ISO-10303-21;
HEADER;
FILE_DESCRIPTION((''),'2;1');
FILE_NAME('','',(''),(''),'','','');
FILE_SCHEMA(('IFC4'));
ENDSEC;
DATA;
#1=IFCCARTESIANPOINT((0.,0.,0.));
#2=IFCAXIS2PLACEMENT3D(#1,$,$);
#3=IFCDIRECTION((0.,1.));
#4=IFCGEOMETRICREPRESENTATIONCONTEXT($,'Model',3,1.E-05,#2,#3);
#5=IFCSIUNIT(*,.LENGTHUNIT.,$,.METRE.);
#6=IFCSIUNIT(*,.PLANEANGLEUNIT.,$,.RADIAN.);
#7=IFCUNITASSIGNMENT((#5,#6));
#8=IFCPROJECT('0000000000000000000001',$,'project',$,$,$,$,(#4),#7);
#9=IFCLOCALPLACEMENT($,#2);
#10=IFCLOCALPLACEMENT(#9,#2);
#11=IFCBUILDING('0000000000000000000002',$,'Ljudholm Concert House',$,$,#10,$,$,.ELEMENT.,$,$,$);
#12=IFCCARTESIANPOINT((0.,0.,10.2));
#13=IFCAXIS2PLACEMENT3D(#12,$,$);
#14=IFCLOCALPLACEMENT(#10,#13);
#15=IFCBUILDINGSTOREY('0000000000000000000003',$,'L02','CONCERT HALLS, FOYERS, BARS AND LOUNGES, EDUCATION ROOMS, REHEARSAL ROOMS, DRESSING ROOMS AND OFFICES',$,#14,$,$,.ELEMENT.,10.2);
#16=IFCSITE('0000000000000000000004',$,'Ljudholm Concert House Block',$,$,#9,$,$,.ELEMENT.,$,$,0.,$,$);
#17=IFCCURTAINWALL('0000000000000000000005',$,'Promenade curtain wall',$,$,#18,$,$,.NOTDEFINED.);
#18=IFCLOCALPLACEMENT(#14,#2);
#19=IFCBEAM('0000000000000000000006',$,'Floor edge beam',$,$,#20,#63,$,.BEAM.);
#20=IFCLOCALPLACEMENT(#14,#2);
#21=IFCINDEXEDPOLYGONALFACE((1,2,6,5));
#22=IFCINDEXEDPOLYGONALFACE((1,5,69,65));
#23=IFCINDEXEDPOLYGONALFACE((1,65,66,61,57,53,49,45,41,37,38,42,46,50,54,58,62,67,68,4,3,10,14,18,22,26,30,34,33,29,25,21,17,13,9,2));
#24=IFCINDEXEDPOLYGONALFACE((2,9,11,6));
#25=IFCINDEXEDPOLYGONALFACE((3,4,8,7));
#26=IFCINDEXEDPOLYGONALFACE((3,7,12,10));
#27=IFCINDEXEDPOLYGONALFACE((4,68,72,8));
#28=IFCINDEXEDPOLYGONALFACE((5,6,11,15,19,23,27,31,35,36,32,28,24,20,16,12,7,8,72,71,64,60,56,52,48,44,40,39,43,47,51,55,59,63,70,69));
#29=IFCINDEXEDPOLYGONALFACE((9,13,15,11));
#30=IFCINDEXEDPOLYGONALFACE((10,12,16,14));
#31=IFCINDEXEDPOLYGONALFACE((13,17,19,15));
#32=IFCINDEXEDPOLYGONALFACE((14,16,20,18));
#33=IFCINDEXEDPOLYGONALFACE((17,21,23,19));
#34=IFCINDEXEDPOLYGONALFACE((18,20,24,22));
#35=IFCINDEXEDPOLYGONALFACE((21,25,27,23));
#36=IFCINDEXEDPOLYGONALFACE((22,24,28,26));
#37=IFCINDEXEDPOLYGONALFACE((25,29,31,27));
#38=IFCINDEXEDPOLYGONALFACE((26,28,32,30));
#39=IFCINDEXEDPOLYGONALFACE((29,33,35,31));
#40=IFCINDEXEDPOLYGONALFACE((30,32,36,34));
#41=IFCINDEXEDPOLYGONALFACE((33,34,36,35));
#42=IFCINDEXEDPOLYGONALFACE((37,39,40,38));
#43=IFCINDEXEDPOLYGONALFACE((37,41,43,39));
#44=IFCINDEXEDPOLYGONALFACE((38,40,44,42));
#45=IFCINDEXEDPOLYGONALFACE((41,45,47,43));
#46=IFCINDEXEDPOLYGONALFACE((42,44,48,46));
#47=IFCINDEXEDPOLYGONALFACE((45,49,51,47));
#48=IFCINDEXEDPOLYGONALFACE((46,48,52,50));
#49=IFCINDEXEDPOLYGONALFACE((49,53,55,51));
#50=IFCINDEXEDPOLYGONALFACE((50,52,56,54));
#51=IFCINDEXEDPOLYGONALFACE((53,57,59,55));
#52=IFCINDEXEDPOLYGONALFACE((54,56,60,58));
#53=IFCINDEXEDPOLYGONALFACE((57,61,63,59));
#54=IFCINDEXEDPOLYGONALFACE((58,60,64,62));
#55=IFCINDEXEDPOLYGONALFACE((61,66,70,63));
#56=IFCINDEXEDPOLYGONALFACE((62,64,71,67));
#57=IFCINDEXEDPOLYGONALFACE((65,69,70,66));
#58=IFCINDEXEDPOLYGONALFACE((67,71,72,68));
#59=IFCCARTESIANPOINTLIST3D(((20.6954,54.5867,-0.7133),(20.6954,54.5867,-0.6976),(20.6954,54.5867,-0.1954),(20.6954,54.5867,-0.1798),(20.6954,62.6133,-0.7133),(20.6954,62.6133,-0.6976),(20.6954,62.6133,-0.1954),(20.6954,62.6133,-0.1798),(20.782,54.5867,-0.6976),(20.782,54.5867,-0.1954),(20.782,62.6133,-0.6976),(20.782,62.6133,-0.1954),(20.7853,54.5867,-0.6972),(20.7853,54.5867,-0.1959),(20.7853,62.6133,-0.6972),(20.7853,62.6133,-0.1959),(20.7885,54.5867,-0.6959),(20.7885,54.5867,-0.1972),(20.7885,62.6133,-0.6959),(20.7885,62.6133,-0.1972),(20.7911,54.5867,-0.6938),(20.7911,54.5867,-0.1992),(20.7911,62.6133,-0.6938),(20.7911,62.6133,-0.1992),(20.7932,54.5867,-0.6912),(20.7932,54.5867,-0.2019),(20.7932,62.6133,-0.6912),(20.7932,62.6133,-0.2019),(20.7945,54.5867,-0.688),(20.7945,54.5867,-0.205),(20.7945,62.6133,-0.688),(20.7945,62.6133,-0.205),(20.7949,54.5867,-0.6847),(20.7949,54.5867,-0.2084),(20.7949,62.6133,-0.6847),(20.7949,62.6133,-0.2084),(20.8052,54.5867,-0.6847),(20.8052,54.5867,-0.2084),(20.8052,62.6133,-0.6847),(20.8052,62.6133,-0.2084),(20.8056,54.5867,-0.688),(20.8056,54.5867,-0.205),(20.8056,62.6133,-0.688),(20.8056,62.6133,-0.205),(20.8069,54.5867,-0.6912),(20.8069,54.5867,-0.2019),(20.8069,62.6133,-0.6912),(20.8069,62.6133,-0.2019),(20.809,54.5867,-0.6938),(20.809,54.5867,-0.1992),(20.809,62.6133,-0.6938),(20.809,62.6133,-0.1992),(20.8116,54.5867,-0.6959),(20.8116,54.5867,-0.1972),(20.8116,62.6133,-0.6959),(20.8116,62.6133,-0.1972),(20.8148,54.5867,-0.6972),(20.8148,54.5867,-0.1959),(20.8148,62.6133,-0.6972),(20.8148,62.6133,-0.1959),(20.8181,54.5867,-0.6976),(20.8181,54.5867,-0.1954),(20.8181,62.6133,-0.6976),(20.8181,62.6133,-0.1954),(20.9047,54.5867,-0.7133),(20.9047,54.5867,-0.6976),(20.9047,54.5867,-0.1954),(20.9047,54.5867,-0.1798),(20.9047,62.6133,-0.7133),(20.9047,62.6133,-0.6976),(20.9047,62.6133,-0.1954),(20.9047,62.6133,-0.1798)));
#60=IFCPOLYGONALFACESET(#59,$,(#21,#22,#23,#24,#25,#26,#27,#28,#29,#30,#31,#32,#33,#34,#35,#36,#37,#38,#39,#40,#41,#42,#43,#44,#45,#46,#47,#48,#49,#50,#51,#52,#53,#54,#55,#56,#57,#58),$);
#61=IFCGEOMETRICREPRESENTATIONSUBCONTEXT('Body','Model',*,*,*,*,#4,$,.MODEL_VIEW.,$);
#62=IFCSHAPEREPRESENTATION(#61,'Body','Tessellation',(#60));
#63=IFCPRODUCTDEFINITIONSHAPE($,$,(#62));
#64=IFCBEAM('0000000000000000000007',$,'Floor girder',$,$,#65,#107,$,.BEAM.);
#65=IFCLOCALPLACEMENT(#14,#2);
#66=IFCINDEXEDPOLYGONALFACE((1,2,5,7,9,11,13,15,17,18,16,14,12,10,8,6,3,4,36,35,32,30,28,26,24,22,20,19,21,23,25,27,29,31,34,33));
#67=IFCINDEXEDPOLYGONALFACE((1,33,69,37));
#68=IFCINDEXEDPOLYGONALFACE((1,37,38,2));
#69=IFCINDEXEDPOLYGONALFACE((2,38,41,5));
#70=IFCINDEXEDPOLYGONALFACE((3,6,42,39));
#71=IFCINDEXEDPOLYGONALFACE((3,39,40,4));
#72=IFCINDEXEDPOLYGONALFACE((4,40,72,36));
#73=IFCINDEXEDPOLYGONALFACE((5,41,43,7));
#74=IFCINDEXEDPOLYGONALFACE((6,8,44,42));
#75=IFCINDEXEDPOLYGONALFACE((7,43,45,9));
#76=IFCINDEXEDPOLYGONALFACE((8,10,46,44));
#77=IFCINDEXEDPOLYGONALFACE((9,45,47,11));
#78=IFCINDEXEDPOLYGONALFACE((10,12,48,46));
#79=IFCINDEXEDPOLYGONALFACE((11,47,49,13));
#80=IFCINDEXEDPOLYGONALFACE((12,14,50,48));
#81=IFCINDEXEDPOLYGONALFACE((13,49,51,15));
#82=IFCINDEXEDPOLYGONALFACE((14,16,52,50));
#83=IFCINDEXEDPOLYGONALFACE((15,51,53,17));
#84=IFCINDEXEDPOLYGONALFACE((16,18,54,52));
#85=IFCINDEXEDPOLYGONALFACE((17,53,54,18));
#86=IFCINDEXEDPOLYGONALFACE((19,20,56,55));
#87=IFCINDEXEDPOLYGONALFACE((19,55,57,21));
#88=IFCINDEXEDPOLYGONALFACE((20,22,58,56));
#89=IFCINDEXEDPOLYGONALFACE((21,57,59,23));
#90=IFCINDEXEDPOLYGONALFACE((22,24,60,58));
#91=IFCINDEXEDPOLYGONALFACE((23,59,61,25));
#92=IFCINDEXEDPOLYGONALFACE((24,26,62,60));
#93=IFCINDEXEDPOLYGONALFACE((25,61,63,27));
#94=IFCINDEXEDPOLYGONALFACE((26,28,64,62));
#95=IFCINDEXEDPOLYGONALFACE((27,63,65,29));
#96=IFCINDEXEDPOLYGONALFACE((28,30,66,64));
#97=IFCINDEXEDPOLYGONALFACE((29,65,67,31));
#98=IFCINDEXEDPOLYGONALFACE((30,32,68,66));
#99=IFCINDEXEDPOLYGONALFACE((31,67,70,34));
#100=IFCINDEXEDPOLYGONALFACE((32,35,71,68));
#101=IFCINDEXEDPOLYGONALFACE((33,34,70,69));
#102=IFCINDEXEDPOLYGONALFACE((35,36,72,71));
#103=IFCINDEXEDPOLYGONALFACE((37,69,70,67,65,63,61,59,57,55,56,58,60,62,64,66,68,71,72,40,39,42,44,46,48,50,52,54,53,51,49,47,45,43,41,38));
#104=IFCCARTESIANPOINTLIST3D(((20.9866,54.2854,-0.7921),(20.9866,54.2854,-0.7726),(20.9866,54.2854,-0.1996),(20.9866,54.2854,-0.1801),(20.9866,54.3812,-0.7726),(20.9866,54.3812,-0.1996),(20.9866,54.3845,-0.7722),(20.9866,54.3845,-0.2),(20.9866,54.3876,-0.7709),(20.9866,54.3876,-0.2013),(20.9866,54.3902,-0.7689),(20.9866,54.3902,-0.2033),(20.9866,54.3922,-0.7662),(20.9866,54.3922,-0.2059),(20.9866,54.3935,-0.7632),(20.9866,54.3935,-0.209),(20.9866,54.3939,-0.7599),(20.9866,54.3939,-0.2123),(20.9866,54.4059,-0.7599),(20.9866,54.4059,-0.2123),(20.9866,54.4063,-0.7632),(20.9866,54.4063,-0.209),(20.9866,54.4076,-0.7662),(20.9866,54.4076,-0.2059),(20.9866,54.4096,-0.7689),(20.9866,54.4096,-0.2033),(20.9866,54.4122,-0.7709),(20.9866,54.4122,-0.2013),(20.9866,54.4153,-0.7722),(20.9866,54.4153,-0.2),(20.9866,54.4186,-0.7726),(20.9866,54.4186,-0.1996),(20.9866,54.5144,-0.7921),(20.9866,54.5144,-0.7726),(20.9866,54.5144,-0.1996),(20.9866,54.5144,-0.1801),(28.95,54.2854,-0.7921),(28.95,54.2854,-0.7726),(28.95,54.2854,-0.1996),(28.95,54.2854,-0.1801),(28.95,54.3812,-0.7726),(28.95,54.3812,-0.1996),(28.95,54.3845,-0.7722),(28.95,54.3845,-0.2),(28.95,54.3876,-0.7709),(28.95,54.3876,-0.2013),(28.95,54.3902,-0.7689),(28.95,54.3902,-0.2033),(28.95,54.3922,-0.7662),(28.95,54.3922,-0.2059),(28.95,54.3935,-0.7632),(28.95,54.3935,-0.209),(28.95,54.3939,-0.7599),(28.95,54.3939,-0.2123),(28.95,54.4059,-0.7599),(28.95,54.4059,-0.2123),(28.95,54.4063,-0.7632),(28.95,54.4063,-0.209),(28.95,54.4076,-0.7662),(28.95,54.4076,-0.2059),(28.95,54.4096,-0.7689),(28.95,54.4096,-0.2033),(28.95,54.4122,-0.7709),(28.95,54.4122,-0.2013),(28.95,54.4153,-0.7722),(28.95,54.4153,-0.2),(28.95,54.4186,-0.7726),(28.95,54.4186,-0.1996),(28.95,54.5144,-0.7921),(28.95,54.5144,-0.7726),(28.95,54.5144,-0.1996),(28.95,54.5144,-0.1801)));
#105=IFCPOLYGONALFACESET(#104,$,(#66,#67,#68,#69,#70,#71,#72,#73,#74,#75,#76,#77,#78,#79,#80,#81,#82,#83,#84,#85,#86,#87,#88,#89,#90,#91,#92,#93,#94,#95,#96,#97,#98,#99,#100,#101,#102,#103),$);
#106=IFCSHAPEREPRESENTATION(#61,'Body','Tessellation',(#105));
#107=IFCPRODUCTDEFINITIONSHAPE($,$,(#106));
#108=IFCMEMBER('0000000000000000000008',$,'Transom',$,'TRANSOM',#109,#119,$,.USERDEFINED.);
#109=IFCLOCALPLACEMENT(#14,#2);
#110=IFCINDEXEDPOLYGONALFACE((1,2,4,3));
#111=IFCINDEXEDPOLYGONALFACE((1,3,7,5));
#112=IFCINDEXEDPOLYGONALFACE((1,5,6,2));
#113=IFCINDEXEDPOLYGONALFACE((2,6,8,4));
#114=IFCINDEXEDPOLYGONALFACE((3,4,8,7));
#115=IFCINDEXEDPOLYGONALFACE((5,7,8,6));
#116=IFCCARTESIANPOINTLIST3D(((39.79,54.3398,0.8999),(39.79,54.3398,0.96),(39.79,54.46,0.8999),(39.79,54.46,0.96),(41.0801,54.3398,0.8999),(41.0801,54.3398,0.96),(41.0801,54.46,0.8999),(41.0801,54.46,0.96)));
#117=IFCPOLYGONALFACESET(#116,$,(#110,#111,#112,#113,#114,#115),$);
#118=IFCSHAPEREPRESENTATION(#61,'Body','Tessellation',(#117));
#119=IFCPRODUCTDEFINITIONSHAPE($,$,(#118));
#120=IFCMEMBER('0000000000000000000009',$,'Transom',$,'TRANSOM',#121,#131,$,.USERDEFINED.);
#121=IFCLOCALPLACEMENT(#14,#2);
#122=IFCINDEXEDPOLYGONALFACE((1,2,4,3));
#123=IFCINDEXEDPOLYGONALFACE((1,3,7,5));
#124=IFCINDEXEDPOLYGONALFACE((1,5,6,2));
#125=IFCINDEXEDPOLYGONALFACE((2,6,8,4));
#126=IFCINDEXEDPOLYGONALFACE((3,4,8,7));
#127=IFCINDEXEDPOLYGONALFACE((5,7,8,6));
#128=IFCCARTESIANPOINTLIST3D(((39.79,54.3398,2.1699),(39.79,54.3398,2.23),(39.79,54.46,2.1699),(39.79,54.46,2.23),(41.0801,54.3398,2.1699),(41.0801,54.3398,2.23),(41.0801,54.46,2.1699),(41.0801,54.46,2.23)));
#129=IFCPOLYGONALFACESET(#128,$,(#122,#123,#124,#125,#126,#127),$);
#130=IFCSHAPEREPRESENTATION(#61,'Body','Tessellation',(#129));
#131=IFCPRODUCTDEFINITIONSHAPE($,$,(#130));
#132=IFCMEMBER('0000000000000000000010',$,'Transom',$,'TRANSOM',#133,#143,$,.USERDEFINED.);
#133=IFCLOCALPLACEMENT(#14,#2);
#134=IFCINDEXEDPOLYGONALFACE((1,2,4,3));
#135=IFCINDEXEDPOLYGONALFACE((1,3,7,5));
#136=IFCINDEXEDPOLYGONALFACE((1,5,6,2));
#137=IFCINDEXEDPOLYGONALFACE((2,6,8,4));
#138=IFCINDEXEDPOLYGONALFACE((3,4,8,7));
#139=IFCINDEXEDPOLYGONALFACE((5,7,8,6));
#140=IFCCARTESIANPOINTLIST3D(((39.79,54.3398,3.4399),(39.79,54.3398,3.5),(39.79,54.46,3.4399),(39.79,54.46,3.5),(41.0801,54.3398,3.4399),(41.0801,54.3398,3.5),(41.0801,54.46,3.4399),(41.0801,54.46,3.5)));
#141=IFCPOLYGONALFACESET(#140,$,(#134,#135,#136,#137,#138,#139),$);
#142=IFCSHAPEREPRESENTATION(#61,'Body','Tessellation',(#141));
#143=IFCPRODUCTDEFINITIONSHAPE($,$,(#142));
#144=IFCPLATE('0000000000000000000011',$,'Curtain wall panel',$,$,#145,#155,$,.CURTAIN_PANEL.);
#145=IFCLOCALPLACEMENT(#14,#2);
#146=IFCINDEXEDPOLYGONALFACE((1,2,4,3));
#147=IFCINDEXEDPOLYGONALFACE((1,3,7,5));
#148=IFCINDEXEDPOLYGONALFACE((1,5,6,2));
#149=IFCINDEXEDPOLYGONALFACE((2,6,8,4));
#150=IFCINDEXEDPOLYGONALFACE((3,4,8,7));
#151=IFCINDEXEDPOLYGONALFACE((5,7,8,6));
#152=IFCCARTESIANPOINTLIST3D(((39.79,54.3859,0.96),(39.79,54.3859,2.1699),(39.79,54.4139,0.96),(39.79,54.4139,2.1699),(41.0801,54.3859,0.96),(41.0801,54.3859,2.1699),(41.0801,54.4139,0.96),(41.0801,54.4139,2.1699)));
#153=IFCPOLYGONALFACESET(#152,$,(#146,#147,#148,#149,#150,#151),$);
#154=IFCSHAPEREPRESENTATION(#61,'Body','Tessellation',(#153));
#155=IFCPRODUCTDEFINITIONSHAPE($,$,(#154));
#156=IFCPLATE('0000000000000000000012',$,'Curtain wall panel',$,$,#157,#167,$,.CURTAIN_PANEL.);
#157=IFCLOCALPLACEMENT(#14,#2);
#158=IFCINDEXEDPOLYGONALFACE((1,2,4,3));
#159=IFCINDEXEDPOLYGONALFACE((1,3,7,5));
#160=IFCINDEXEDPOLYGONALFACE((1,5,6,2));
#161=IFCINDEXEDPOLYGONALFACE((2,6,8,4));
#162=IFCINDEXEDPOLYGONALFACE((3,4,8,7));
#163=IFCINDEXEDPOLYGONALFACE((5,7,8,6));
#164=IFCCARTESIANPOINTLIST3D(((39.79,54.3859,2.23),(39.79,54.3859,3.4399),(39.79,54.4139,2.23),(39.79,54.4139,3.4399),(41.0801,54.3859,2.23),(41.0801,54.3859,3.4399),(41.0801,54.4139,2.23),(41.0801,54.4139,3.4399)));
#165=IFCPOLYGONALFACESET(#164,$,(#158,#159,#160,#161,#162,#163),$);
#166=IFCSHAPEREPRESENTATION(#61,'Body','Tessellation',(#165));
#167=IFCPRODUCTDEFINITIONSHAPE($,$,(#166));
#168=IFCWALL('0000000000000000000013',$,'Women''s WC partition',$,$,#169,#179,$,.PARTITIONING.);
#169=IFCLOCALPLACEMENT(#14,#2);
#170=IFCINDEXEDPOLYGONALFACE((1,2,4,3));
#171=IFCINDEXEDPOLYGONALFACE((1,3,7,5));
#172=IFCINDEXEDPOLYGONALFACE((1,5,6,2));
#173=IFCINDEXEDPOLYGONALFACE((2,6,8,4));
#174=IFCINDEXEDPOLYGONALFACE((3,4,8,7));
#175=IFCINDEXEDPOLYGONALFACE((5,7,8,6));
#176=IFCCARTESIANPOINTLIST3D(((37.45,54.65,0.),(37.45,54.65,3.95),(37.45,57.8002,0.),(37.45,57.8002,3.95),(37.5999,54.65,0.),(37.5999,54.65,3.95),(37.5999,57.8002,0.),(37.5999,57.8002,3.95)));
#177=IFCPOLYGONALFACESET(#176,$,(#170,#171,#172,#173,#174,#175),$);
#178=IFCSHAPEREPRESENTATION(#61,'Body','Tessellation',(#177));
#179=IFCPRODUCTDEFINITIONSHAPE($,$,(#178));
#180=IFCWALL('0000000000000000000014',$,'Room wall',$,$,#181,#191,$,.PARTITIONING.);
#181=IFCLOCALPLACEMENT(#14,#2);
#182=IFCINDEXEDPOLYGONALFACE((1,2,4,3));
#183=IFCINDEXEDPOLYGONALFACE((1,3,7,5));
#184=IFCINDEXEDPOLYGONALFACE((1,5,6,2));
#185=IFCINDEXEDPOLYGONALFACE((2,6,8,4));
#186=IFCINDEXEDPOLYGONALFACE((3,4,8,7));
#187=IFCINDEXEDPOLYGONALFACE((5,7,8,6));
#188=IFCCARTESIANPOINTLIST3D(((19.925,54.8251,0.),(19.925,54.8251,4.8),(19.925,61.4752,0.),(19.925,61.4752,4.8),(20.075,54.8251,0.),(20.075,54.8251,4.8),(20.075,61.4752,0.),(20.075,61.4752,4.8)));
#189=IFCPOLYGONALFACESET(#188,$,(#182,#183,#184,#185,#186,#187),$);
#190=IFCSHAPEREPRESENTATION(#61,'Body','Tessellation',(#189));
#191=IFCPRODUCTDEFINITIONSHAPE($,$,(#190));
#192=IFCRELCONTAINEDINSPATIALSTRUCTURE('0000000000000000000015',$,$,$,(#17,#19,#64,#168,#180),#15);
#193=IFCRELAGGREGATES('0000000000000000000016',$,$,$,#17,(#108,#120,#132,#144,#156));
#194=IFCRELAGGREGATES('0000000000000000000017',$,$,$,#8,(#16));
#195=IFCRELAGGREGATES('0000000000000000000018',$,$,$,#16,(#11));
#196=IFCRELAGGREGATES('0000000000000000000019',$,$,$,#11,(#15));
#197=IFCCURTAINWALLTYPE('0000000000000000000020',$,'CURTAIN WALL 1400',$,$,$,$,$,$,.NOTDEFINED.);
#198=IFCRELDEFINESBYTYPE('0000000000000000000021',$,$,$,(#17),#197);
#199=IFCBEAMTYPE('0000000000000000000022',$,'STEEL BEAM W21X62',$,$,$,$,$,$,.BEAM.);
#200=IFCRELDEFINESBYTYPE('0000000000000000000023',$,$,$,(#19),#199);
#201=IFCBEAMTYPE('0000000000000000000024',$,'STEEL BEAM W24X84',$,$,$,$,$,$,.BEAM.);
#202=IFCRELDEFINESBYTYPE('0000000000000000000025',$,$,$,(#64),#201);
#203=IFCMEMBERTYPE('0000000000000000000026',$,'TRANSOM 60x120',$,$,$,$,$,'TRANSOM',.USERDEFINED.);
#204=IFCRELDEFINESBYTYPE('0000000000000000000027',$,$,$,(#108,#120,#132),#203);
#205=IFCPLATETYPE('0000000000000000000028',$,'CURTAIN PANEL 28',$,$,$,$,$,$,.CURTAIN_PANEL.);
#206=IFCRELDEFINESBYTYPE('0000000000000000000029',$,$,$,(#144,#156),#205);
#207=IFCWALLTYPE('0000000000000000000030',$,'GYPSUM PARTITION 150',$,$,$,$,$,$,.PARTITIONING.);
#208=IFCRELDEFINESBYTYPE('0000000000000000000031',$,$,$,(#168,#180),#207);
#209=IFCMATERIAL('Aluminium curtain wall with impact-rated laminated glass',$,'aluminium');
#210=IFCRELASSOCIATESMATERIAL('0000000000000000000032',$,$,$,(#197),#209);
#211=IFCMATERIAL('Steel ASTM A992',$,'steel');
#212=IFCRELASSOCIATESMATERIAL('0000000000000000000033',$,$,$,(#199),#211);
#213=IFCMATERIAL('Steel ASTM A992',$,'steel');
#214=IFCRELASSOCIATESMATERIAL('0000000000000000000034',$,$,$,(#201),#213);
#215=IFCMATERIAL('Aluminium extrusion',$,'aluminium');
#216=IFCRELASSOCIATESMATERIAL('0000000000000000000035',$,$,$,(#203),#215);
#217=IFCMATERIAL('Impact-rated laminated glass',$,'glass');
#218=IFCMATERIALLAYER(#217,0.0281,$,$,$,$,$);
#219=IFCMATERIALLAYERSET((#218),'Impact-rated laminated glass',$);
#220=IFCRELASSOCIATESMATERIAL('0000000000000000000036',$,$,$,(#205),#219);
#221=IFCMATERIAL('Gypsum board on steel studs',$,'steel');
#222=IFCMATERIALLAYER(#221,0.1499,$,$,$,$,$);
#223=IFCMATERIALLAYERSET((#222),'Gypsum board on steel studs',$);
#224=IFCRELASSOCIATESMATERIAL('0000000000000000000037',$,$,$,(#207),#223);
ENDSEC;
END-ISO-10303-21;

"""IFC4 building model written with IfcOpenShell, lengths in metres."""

from ifc_helpers import new_model, si_unit, direction, frame, frame_2d, origin, origin_2d, place, context, subcontext, project, spatial, rectangle, i_section, extrude, material, layer, layer_set, material_profile, profile_set, type_object, element, aggregate, save


model = new_model("IFC4")

# Units and contexts
model_context = context("Model", 3, precision=1e-05, world=origin(), true_north=direction((0.0, 1.0)))
body_context = subcontext(model_context, "Body", "Model", "MODEL_VIEW")
ifc_project = project(units=[si_unit("LENGTHUNIT", "METRE"), si_unit("PLANEANGLEUNIT", "RADIAN")], contexts=[model_context])

# Site, building, storey
site_placement = place(None, origin())
site = spatial("IfcSite", under=ifc_project, at=site_placement, Name="Ljudholm Concert House Block", CompositionType="ELEMENT", RefElevation=0.0)
building_placement = place(site_placement, origin())
building = spatial("IfcBuilding", under=site, at=building_placement, Name="Ljudholm Concert House", CompositionType="ELEMENT")
storey_placement = place(building_placement, frame((0.0, 0.0, 10.2)))
storey = spatial("IfcBuildingStorey", under=building, at=storey_placement, Name="L02", Description="CONCERT HALLS, FOYERS, BARS AND LOUNGES, EDUCATION ROOMS, REHEARSAL ROOMS, DRESSING ROOMS AND OFFICES", CompositionType="ELEMENT", Elevation=10.2)

# Curtain wall
ifc_material_1 = material(Name="Aluminium curtain wall with impact-rated laminated glass", Category="aluminium")
curtain_wall_type = type_object("IfcCurtainWallType", Name="CURTAIN WALL 1400", PredefinedType="NOTDEFINED", material=ifc_material_1)
curtain_wall_placement = place(storey_placement, origin())
curtain_wall = element("IfcCurtainWall", 1, at=curtain_wall_placement, inside=storey, type_object=curtain_wall_type, Name="Promenade curtain wall", PredefinedType="NOTDEFINED")

# Beams
ifc_material_2 = material(Name="Steel ASTM A992", Category="steel")
ifc_material_profile_1 = material_profile(ifc_material_2, i_section(OverallWidth=0.2092, OverallDepth=0.5334, WebThickness=0.0103, FlangeThickness=0.0156, FilletRadius=0.0129, at=origin_2d()), Name="W21X62")
ifc_profile_set_1 = profile_set([ifc_material_profile_1], Name="Steel ASTM A992")
beam_type_1 = type_object("IfcBeamType", Name="STEEL BEAM W21X62", PredefinedType="BEAM", material=ifc_profile_set_1)
beam_1_placement = place(storey_placement, frame((20.8, 54.5867, -0.4465), z_axis=(0.0, 1.0, 0.0), x_axis=(-1.0, 0.0, 0.0)))
element("IfcBeam", 2, at=beam_1_placement, inside=storey, type_object=beam_type_1, Name="Floor edge beam", PredefinedType="BEAM", context=body_context, shape_type="SweptSolid", body=[
    extrude(i_section(OverallWidth=0.2092, OverallDepth=0.5334, WebThickness=0.0103, FlangeThickness=0.0156, FilletRadius=0.0129, at=origin_2d()), origin(), (0.0, 0.0, 1.0), 8.0266),
])
ifc_material_3 = material(Name="Steel ASTM A992", Category="steel")
ifc_material_profile_2 = material_profile(ifc_material_3, i_section(OverallWidth=0.229, OverallDepth=0.6121, WebThickness=0.012, FlangeThickness=0.0195, FilletRadius=0.0127, at=origin_2d()), Name="W24X84")
ifc_profile_set_2 = profile_set([ifc_material_profile_2], Name="Steel ASTM A992")
beam_type_2 = type_object("IfcBeamType", Name="STEEL BEAM W24X84", PredefinedType="BEAM", material=ifc_profile_set_2)
beam_2_placement = place(storey_placement, frame((20.9866, 54.3999, -0.4861), z_axis=(1.0, 0.0, 0.0), x_axis=(0.0, 1.0, 0.0)))
element("IfcBeam", 3, at=beam_2_placement, inside=storey, type_object=beam_type_2, Name="Floor girder", PredefinedType="BEAM", context=body_context, shape_type="SweptSolid", body=[
    extrude(i_section(OverallWidth=0.229, OverallDepth=0.6121, WebThickness=0.012, FlangeThickness=0.0195, FilletRadius=0.0127, at=origin_2d()), origin(), (0.0, 0.0, 1.0), 7.9634),
])

# Members
ifc_material_4 = material(Name="Aluminium extrusion", Category="aluminium")
ifc_material_profile_3 = material_profile(ifc_material_4, rectangle(XDim=0.1201, YDim=0.0601, at=origin_2d()), Name="TRANSOM 60x120")
ifc_profile_set_3 = profile_set([ifc_material_profile_3], Name="Aluminium extrusion")
member_type_1 = type_object("IfcMemberType", Name="TRANSOM 60x120", ElementType="TRANSOM", PredefinedType="USERDEFINED", material=ifc_profile_set_3)
member_1_placement = place(storey_placement, frame((39.79, 54.3999, 0.9299), z_axis=(1.0, 0.0, 0.0), x_axis=(0.0, 1.0, 0.0)))
member_1 = element("IfcMember", 4, at=member_1_placement, type_object=member_type_1, Name="Transom", ObjectType="TRANSOM", PredefinedType="USERDEFINED", context=body_context, shape_type="SweptSolid", body=[
    extrude(rectangle(XDim=0.1201, YDim=0.0601, at=origin_2d()), origin(), (0.0, 0.0, 1.0), 1.29),
])
member_2_placement = place(storey_placement, frame((39.79, 54.3999, 2.2), z_axis=(1.0, 0.0, 0.0), x_axis=(0.0, 1.0, 0.0)))
member_2 = element("IfcMember", 5, at=member_2_placement, type_object=member_type_1, Name="Transom", ObjectType="TRANSOM", PredefinedType="USERDEFINED", context=body_context, shape_type="SweptSolid", body=[
    extrude(rectangle(XDim=0.1201, YDim=0.0601, at=origin_2d()), origin(), (0.0, 0.0, 1.0), 1.29),
])
member_3_placement = place(storey_placement, frame((39.79, 54.3999, 3.47), z_axis=(1.0, 0.0, 0.0), x_axis=(0.0, 1.0, 0.0)))
member_3 = element("IfcMember", 6, at=member_3_placement, type_object=member_type_1, Name="Transom", ObjectType="TRANSOM", PredefinedType="USERDEFINED", context=body_context, shape_type="SweptSolid", body=[
    extrude(rectangle(XDim=0.1201, YDim=0.0601, at=origin_2d()), origin(), (0.0, 0.0, 1.0), 1.29),
])

# Plates
ifc_material_5 = material(Name="Impact-rated laminated glass", Category="glass")
ifc_layer_1 = layer(ifc_material_5, 0.0281)
ifc_layer_set_1 = layer_set([ifc_layer_1], Name="Impact-rated laminated glass")
plate_type = type_object("IfcPlateType", Name="CURTAIN PANEL 28", PredefinedType="CURTAIN_PANEL", material=ifc_layer_set_1)
plate_1_placement = place(storey_placement, frame((40.4351, 54.3999, 0.96), z_axis=(0.0, 0.0, 1.0), x_axis=(1.0, 0.0, 0.0)))
plate_1 = element("IfcPlate", 7, at=plate_1_placement, type_object=plate_type, Name="Curtain wall panel", PredefinedType="CURTAIN_PANEL", context=body_context, shape_type="SweptSolid", body=[
    extrude(rectangle(XDim=1.29, YDim=0.0281, at=origin_2d()), origin(), (0.0, 0.0, 1.0), 1.21),
])
plate_2_placement = place(storey_placement, frame((40.4351, 54.3999, 2.23), z_axis=(0.0, 0.0, 1.0), x_axis=(1.0, 0.0, 0.0)))
plate_2 = element("IfcPlate", 8, at=plate_2_placement, type_object=plate_type, Name="Curtain wall panel", PredefinedType="CURTAIN_PANEL", context=body_context, shape_type="SweptSolid", body=[
    extrude(rectangle(XDim=1.29, YDim=0.0281, at=origin_2d()), origin(), (0.0, 0.0, 1.0), 1.21),
])
aggregate(curtain_wall, [member_1, member_2, member_3, plate_1, plate_2])

# Walls
ifc_material_6 = material(Name="Gypsum board on steel studs", Category="steel")
ifc_layer_2 = layer(ifc_material_6, 0.1499)
ifc_layer_set_2 = layer_set([ifc_layer_2], Name="Gypsum board on steel studs")
wall_type_1 = type_object("IfcWallType", Name="GYPSUM PARTITION 150", PredefinedType="PARTITIONING", material=ifc_layer_set_2)
wall_1_placement = place(storey_placement, frame((37.5249, 54.6499, 0.0), z_axis=(0.0, 0.0, 1.0), x_axis=(0.0, 1.0, 0.0)))
element("IfcWall", 9, at=wall_1_placement, inside=storey, type_object=wall_type_1, Name="Women's WC partition", PredefinedType="PARTITIONING", context=body_context, shape_type="SweptSolid", body=[
    extrude(rectangle(XDim=3.1501, YDim=0.1499, at=frame_2d((1.5752, 0.0))), origin(), (0.0, 0.0, 1.0), 3.95),
])
wall_2_placement = place(storey_placement, frame((20.0, 54.825, 0.0), z_axis=(0.0, 0.0, 1.0), x_axis=(0.0, 1.0, 0.0)))
element("IfcWall", 10, at=wall_2_placement, inside=storey, type_object=wall_type_1, Name="Room wall", PredefinedType="PARTITIONING", context=body_context, shape_type="SweptSolid", body=[
    extrude(rectangle(XDim=6.6501, YDim=0.1499, at=frame_2d((3.3252, 0.0))), origin(), (0.0, 0.0, 1.0), 4.8),
])

save(model, "model.ifc")
